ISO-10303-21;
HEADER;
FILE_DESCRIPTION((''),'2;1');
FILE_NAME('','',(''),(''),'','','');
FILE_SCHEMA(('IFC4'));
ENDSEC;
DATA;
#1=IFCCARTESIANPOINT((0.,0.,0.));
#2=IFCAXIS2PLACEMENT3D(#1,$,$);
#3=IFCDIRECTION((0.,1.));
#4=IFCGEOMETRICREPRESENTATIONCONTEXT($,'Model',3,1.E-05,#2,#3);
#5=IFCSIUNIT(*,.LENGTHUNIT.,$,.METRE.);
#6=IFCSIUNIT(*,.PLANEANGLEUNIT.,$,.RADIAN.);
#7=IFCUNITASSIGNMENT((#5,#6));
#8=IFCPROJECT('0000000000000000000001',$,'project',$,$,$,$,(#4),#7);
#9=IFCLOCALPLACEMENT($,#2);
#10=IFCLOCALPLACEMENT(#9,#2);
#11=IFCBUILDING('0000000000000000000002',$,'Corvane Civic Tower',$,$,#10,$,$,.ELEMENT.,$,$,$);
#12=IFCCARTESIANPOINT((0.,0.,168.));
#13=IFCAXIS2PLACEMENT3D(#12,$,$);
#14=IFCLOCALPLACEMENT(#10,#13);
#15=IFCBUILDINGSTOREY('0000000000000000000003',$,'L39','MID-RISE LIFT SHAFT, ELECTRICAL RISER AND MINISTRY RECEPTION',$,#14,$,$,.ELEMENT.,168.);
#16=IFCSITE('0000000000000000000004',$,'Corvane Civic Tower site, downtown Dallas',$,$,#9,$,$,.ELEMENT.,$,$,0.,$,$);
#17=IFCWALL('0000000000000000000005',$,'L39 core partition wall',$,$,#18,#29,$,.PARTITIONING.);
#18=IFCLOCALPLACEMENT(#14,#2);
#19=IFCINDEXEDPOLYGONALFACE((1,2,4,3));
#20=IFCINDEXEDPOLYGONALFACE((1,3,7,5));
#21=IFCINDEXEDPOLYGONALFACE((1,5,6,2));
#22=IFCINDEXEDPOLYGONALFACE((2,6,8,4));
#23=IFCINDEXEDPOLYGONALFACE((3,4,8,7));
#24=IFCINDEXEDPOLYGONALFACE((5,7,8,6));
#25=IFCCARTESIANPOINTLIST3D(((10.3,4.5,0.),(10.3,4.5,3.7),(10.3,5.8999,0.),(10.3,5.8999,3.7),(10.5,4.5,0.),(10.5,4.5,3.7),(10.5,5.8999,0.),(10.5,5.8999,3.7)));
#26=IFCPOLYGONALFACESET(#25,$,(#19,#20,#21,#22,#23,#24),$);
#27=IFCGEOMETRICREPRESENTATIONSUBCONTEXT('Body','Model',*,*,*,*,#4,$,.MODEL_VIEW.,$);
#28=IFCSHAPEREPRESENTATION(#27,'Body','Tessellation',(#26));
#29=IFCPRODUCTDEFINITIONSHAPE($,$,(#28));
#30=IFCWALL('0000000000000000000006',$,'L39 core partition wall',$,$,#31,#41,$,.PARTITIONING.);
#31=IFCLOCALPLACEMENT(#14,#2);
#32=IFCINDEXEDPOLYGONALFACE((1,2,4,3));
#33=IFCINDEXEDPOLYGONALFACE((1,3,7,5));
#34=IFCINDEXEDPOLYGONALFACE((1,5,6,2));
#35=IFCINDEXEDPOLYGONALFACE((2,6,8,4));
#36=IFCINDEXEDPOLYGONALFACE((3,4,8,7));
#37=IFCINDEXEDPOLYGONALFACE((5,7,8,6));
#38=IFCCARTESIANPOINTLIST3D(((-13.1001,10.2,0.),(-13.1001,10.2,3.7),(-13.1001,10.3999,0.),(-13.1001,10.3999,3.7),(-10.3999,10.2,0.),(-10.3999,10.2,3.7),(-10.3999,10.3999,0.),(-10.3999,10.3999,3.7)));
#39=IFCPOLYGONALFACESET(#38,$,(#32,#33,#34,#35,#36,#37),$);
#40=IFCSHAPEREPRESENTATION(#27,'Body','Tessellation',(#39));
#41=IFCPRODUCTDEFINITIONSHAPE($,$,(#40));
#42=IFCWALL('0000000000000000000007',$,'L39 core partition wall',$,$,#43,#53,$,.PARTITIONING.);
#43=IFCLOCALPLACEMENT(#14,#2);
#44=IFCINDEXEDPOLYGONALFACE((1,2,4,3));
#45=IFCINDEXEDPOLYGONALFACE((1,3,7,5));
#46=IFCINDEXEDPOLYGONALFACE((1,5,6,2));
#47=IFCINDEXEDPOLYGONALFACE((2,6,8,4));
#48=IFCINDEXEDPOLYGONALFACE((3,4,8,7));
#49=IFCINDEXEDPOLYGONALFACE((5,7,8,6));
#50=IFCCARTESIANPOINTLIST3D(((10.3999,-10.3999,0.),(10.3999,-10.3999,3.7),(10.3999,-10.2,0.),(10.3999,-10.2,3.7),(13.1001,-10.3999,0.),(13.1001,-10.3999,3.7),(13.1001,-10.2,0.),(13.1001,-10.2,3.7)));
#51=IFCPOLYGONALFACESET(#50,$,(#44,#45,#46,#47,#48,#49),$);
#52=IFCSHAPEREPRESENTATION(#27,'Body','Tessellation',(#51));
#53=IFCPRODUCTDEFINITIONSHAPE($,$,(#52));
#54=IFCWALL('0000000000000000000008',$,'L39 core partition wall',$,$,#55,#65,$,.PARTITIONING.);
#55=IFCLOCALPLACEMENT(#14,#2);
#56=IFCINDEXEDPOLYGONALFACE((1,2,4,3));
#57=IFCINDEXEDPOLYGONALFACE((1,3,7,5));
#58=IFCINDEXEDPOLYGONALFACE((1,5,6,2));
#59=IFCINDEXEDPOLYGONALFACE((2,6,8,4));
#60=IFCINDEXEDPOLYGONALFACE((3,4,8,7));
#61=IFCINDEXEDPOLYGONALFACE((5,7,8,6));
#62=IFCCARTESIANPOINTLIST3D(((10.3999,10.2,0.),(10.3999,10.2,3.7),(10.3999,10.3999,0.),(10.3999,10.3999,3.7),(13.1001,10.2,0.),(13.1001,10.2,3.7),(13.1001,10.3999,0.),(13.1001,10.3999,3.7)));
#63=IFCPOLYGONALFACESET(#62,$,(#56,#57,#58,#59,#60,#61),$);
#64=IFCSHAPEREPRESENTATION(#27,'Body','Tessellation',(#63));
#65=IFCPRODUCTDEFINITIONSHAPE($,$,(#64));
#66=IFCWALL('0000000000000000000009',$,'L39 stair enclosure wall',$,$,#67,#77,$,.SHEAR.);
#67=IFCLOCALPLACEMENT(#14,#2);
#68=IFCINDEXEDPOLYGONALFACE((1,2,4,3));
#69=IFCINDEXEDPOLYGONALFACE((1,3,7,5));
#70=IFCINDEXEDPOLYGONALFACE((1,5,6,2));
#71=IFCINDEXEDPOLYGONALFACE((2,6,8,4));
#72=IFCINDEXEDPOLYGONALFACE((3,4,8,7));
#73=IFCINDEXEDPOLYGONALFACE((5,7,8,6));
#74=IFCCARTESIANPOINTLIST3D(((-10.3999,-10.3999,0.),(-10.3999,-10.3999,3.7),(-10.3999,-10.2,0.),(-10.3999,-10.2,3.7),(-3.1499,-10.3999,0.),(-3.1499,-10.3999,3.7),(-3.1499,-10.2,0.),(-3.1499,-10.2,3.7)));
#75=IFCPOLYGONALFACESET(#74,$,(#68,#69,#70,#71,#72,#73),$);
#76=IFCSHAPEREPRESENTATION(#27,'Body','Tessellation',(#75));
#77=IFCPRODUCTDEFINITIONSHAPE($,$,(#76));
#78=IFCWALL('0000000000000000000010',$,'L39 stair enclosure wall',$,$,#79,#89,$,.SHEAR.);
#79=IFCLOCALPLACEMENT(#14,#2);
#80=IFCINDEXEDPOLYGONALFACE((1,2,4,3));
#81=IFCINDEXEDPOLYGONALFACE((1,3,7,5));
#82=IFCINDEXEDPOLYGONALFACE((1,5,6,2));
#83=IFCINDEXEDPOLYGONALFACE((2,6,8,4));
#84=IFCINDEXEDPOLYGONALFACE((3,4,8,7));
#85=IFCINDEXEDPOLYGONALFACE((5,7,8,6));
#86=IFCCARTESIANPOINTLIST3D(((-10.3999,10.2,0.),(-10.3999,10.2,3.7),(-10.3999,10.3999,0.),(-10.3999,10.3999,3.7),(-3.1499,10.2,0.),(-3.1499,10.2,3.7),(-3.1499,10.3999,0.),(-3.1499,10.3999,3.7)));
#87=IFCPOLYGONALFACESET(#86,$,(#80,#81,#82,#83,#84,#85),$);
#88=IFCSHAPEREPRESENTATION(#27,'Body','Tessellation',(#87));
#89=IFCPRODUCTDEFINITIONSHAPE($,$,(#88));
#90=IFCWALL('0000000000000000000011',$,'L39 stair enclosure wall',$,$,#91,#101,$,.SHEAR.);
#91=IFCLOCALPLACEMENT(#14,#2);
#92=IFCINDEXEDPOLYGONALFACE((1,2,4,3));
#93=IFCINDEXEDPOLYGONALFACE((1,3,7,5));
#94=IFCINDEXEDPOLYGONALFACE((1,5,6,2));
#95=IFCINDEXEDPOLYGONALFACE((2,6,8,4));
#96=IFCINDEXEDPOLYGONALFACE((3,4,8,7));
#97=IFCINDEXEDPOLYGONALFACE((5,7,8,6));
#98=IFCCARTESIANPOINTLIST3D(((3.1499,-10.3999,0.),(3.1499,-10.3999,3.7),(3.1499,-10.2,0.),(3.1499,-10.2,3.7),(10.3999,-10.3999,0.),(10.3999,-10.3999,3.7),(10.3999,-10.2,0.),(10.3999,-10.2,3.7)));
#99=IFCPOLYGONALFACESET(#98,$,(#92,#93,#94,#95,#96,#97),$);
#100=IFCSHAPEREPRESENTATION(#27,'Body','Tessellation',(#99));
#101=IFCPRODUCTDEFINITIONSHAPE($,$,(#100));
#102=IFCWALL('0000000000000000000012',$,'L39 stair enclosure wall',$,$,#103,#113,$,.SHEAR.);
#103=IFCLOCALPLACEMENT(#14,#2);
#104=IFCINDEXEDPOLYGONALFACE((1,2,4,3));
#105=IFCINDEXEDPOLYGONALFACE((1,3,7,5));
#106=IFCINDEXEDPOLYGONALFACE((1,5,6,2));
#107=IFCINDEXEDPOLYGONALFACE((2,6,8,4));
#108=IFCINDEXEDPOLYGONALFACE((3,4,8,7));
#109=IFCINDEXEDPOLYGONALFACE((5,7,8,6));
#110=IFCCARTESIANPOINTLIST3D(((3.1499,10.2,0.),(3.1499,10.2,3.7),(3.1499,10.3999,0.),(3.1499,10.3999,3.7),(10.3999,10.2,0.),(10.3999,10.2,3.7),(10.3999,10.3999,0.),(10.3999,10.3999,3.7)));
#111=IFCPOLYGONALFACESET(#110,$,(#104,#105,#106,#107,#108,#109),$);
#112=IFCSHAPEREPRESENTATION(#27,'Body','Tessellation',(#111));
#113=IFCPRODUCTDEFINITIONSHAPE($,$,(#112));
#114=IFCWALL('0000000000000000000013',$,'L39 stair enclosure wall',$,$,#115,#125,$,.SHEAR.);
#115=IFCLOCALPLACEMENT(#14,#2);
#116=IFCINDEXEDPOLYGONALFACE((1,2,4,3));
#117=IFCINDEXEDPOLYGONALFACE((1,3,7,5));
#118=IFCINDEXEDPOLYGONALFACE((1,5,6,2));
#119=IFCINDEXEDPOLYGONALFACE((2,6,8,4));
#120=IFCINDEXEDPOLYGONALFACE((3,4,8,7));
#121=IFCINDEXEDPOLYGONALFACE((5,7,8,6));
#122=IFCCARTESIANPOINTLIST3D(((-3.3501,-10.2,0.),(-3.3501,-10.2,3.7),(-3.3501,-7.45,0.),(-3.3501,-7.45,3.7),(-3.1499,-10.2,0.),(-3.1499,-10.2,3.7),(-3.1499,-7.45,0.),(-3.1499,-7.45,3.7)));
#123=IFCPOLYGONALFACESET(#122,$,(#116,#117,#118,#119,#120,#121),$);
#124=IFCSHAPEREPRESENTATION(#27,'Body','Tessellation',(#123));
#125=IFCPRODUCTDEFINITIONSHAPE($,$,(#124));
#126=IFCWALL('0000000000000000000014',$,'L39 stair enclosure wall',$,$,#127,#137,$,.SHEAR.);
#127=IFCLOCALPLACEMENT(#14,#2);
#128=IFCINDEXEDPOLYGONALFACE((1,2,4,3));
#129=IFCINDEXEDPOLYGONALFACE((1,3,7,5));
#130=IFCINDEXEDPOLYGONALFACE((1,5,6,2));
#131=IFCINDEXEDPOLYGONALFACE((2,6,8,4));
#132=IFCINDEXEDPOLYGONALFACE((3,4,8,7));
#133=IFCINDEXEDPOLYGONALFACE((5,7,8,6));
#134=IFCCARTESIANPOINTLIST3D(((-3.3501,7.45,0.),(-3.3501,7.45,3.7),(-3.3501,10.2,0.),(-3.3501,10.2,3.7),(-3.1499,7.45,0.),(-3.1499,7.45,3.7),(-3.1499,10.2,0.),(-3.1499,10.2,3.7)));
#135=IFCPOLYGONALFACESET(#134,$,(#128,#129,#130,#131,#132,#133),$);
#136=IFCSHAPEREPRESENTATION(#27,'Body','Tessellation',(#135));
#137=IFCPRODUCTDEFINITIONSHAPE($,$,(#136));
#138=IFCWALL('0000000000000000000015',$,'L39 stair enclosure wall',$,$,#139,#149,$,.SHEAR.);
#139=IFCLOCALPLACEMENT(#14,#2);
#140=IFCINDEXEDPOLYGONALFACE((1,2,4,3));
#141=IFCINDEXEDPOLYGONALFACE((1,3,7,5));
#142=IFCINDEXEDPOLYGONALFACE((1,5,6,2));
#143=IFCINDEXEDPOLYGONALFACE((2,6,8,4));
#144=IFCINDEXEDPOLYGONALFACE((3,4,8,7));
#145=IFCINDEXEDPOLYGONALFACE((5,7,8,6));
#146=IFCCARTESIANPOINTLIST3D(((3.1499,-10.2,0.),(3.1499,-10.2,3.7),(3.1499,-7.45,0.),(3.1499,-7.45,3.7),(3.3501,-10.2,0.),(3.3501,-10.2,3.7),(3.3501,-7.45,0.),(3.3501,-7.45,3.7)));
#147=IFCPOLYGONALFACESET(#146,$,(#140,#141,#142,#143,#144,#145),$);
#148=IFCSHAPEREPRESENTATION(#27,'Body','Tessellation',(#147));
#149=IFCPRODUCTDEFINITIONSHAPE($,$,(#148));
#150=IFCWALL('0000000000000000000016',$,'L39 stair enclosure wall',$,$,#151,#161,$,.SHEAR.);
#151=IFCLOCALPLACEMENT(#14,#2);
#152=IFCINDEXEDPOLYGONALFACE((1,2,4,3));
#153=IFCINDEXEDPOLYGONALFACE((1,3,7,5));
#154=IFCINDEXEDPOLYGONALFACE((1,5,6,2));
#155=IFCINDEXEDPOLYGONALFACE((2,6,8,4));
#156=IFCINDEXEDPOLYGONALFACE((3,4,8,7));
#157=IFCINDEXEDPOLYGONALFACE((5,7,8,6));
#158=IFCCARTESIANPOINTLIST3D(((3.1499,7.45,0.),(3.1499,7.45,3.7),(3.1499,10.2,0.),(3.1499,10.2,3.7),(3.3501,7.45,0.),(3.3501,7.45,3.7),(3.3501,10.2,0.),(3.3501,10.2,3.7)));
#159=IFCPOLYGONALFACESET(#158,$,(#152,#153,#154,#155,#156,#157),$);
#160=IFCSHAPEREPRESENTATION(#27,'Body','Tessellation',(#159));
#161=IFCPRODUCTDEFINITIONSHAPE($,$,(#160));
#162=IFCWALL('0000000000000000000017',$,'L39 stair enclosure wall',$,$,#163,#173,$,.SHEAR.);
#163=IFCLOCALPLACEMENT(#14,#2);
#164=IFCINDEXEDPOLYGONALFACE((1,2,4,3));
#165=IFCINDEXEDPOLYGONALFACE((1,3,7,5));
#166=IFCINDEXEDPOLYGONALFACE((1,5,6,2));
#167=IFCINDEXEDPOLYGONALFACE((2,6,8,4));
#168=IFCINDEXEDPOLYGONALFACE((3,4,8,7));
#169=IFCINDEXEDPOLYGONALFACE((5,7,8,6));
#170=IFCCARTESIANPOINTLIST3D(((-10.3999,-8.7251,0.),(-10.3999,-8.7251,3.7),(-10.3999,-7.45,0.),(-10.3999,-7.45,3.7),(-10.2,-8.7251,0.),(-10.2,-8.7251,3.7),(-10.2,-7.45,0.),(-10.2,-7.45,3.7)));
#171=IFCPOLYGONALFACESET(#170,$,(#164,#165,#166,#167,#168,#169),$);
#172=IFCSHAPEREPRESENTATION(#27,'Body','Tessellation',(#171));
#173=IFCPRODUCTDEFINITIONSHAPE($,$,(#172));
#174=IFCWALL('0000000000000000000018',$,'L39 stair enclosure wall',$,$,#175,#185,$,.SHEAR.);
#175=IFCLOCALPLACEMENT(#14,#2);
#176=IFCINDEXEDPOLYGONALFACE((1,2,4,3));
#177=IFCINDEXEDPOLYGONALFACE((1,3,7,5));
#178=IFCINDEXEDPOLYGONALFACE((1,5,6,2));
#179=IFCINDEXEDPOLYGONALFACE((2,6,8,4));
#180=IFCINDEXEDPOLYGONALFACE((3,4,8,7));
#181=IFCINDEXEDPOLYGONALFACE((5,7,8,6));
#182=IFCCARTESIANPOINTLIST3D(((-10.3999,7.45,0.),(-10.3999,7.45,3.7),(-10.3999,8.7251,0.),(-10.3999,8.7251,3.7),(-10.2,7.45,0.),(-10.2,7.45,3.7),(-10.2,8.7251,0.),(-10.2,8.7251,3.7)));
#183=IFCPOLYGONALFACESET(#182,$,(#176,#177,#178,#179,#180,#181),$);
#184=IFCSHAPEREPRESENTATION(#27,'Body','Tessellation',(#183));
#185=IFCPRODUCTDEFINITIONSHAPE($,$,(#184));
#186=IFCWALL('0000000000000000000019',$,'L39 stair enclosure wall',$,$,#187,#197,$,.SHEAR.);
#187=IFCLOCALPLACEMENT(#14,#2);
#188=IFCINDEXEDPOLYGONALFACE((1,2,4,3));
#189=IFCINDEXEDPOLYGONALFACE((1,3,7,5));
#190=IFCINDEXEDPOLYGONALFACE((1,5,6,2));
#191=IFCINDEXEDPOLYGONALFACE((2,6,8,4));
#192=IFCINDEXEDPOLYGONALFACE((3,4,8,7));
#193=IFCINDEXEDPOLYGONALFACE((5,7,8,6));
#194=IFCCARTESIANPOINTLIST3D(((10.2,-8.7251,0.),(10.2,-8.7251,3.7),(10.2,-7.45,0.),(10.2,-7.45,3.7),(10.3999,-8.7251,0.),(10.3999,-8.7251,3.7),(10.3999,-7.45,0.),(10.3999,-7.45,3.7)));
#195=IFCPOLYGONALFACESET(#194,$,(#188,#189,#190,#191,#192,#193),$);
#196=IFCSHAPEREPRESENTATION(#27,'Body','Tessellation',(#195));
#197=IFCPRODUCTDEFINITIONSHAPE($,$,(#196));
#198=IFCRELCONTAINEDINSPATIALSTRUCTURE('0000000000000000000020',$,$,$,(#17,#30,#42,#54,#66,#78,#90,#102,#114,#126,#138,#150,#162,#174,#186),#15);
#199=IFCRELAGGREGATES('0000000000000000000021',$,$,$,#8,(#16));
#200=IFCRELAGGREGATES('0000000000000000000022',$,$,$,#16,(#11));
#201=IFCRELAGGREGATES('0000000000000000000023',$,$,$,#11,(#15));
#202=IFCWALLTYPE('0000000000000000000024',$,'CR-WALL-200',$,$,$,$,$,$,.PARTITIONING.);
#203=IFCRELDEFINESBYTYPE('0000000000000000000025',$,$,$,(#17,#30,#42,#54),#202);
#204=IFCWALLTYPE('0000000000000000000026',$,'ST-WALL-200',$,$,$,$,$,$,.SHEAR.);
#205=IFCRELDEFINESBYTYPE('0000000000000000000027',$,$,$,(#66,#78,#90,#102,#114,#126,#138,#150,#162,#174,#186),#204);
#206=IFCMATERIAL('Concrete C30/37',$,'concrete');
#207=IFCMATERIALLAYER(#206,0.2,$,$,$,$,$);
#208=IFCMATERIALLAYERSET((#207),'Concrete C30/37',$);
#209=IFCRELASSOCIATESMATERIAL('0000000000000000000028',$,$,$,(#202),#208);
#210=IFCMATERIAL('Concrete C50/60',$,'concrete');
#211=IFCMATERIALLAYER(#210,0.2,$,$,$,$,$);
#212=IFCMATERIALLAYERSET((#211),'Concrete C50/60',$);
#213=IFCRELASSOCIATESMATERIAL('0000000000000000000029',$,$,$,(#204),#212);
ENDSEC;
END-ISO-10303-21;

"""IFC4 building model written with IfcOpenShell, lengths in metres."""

from ifc_helpers import new_model, si_unit, direction, frame, origin, place, context, subcontext, project, spatial, polyline, outline, extrude, material, layer, layer_set, type_object, element, save


model = new_model("IFC4")

# Units and contexts
model_context = context("Model", 3, precision=1e-05, world=origin(), true_north=direction((0.0, 1.0)))
body_context = subcontext(model_context, "Body", "Model", "MODEL_VIEW")
ifc_project = project(units=[si_unit("LENGTHUNIT", "METRE"), si_unit("PLANEANGLEUNIT", "RADIAN")], contexts=[model_context])

# Site, building, storey
site_placement = place(None, origin())
site = spatial("IfcSite", under=ifc_project, at=site_placement, Name="Corvane Civic Tower site, downtown Dallas", CompositionType="ELEMENT", RefElevation=0.0)
building_placement = place(site_placement, origin())
building = spatial("IfcBuilding", under=site, at=building_placement, Name="Corvane Civic Tower", CompositionType="ELEMENT")
storey_placement = place(building_placement, frame((0.0, 0.0, 168.0)))
storey = spatial("IfcBuildingStorey", under=building, at=storey_placement, Name="L39", Description="MID-RISE LIFT SHAFT, ELECTRICAL RISER AND MINISTRY RECEPTION", CompositionType="ELEMENT", Elevation=168.0)

# Walls
ifc_material_1 = material(Name="Concrete C30/37", Category="concrete")
ifc_layer_1 = layer(ifc_material_1, 0.2)
ifc_layer_set_1 = layer_set([ifc_layer_1], Name="Concrete C30/37")
wall_type_1 = type_object("IfcWallType", Name="CR-WALL-200", PredefinedType="PARTITIONING", material=ifc_layer_set_1)
wall_1_placement = place(storey_placement, origin())
element("IfcWall", 1, at=wall_1_placement, inside=storey, type_object=wall_type_1, Name="L39 core partition wall", PredefinedType="PARTITIONING", context=body_context, shape_type="SweptSolid", body=[
    extrude(outline(polyline([(10.5, 4.5), (10.3, 4.5), (10.3, 5.8999), (10.5, 5.8999), (10.5, 4.5)])), origin(), (0.0, 0.0, 1.0), 3.7),
])
wall_2_placement = place(storey_placement, origin())
element("IfcWall", 2, at=wall_2_placement, inside=storey, type_object=wall_type_1, Name="L39 core partition wall", PredefinedType="PARTITIONING", context=body_context, shape_type="SweptSolid", body=[
    extrude(outline(polyline([(-13.1001, 10.2), (-13.1001, 10.3999), (-10.3999, 10.3999), (-10.3999, 10.2), (-13.1001, 10.2)])), origin(), (0.0, 0.0, 1.0), 3.7),
])
wall_3_placement = place(storey_placement, origin())
element("IfcWall", 3, at=wall_3_placement, inside=storey, type_object=wall_type_1, Name="L39 core partition wall", PredefinedType="PARTITIONING", context=body_context, shape_type="SweptSolid", body=[
    extrude(outline(polyline([(10.3999, -10.3999), (10.3999, -10.2), (13.1001, -10.2), (13.1001, -10.3999), (10.3999, -10.3999)])), origin(), (0.0, 0.0, 1.0), 3.7),
])
wall_4_placement = place(storey_placement, origin())
element("IfcWall", 4, at=wall_4_placement, inside=storey, type_object=wall_type_1, Name="L39 core partition wall", PredefinedType="PARTITIONING", context=body_context, shape_type="SweptSolid", body=[
    extrude(outline(polyline([(10.3999, 10.2), (10.3999, 10.3999), (13.1001, 10.3999), (13.1001, 10.2), (10.3999, 10.2)])), origin(), (0.0, 0.0, 1.0), 3.7),
])
ifc_material_2 = material(Name="Concrete C50/60", Category="concrete")
ifc_layer_2 = layer(ifc_material_2, 0.2)
ifc_layer_set_2 = layer_set([ifc_layer_2], Name="Concrete C50/60")
wall_type_2 = type_object("IfcWallType", Name="ST-WALL-200", PredefinedType="SHEAR", material=ifc_layer_set_2)
wall_5_placement = place(storey_placement, origin())
element("IfcWall", 5, at=wall_5_placement, inside=storey, type_object=wall_type_2, Name="L39 stair enclosure wall", PredefinedType="SHEAR", context=body_context, shape_type="SweptSolid", body=[
    extrude(outline(polyline([(-3.1499, -10.2), (-3.1499, -10.3999), (-10.3999, -10.3999), (-10.3999, -10.2), (-3.1499, -10.2)])), origin(), (0.0, 0.0, 1.0), 3.7),
])
wall_6_placement = place(storey_placement, origin())
element("IfcWall", 6, at=wall_6_placement, inside=storey, type_object=wall_type_2, Name="L39 stair enclosure wall", PredefinedType="SHEAR", context=body_context, shape_type="SweptSolid", body=[
    extrude(outline(polyline([(-3.1499, 10.2), (-10.3999, 10.2), (-10.3999, 10.3999), (-3.1499, 10.3999), (-3.1499, 10.2)])), origin(), (0.0, 0.0, 1.0), 3.7),
])
wall_7_placement = place(storey_placement, origin())
element("IfcWall", 7, at=wall_7_placement, inside=storey, type_object=wall_type_2, Name="L39 stair enclosure wall", PredefinedType="SHEAR", context=body_context, shape_type="SweptSolid", body=[
    extrude(outline(polyline([(10.3999, -10.3999), (3.1499, -10.3999), (3.1499, -10.2), (10.3999, -10.2), (10.3999, -10.3999)])), origin(), (0.0, 0.0, 1.0), 3.7),
])
wall_8_placement = place(storey_placement, origin())
element("IfcWall", 8, at=wall_8_placement, inside=storey, type_object=wall_type_2, Name="L39 stair enclosure wall", PredefinedType="SHEAR", context=body_context, shape_type="SweptSolid", body=[
    extrude(outline(polyline([(10.3999, 10.2), (3.1499, 10.2), (3.1499, 10.3999), (10.3999, 10.3999), (10.3999, 10.2)])), origin(), (0.0, 0.0, 1.0), 3.7),
])
wall_9_placement = place(storey_placement, origin())
element("IfcWall", 9, at=wall_9_placement, inside=storey, type_object=wall_type_2, Name="L39 stair enclosure wall", PredefinedType="SHEAR", context=body_context, shape_type="SweptSolid", body=[
    extrude(outline(polyline([(-3.1499, -7.45), (-3.1499, -10.2), (-3.3501, -10.2), (-3.3501, -7.45), (-3.1499, -7.45)])), origin(), (0.0, 0.0, 1.0), 3.7),
])
wall_10_placement = place(storey_placement, origin())
element("IfcWall", 10, at=wall_10_placement, inside=storey, type_object=wall_type_2, Name="L39 stair enclosure wall", PredefinedType="SHEAR", context=body_context, shape_type="SweptSolid", body=[
    extrude(outline(polyline([(-3.1499, 7.45), (-3.3501, 7.45), (-3.3501, 10.2), (-3.1499, 10.2), (-3.1499, 7.45)])), origin(), (0.0, 0.0, 1.0), 3.7),
])
wall_11_placement = place(storey_placement, origin())
element("IfcWall", 11, at=wall_11_placement, inside=storey, type_object=wall_type_2, Name="L39 stair enclosure wall", PredefinedType="SHEAR", context=body_context, shape_type="SweptSolid", body=[
    extrude(outline(polyline([(3.3501, -7.45), (3.3501, -10.2), (3.1499, -10.2), (3.1499, -7.45), (3.3501, -7.45)])), origin(), (0.0, 0.0, 1.0), 3.7),
])
wall_12_placement = place(storey_placement, origin())
element("IfcWall", 12, at=wall_12_placement, inside=storey, type_object=wall_type_2, Name="L39 stair enclosure wall", PredefinedType="SHEAR", context=body_context, shape_type="SweptSolid", body=[
    extrude(outline(polyline([(3.3501, 7.45), (3.1499, 7.45), (3.1499, 10.2), (3.3501, 10.2), (3.3501, 7.45)])), origin(), (0.0, 0.0, 1.0), 3.7),
])
wall_13_placement = place(storey_placement, origin())
element("IfcWall", 13, at=wall_13_placement, inside=storey, type_object=wall_type_2, Name="L39 stair enclosure wall", PredefinedType="SHEAR", context=body_context, shape_type="SweptSolid", body=[
    extrude(outline(polyline([(-10.2, -7.45), (-10.2, -8.7251), (-10.3999, -8.7251), (-10.3999, -7.45), (-10.2, -7.45)])), origin(), (0.0, 0.0, 1.0), 3.7),
])
wall_14_placement = place(storey_placement, origin())
element("IfcWall", 14, at=wall_14_placement, inside=storey, type_object=wall_type_2, Name="L39 stair enclosure wall", PredefinedType="SHEAR", context=body_context, shape_type="SweptSolid", body=[
    extrude(outline(polyline([(-10.2, 8.7251), (-10.2, 7.45), (-10.3999, 7.45), (-10.3999, 8.7251), (-10.2, 8.7251)])), origin(), (0.0, 0.0, 1.0), 3.7),
])
wall_15_placement = place(storey_placement, origin())
element("IfcWall", 15, at=wall_15_placement, inside=storey, type_object=wall_type_2, Name="L39 stair enclosure wall", PredefinedType="SHEAR", context=body_context, shape_type="SweptSolid", body=[
    extrude(outline(polyline([(10.3999, -7.45), (10.3999, -8.7251), (10.2, -8.7251), (10.2, -7.45), (10.3999, -7.45)])), origin(), (0.0, 0.0, 1.0), 3.7),
])

save(model, "model.ifc")
